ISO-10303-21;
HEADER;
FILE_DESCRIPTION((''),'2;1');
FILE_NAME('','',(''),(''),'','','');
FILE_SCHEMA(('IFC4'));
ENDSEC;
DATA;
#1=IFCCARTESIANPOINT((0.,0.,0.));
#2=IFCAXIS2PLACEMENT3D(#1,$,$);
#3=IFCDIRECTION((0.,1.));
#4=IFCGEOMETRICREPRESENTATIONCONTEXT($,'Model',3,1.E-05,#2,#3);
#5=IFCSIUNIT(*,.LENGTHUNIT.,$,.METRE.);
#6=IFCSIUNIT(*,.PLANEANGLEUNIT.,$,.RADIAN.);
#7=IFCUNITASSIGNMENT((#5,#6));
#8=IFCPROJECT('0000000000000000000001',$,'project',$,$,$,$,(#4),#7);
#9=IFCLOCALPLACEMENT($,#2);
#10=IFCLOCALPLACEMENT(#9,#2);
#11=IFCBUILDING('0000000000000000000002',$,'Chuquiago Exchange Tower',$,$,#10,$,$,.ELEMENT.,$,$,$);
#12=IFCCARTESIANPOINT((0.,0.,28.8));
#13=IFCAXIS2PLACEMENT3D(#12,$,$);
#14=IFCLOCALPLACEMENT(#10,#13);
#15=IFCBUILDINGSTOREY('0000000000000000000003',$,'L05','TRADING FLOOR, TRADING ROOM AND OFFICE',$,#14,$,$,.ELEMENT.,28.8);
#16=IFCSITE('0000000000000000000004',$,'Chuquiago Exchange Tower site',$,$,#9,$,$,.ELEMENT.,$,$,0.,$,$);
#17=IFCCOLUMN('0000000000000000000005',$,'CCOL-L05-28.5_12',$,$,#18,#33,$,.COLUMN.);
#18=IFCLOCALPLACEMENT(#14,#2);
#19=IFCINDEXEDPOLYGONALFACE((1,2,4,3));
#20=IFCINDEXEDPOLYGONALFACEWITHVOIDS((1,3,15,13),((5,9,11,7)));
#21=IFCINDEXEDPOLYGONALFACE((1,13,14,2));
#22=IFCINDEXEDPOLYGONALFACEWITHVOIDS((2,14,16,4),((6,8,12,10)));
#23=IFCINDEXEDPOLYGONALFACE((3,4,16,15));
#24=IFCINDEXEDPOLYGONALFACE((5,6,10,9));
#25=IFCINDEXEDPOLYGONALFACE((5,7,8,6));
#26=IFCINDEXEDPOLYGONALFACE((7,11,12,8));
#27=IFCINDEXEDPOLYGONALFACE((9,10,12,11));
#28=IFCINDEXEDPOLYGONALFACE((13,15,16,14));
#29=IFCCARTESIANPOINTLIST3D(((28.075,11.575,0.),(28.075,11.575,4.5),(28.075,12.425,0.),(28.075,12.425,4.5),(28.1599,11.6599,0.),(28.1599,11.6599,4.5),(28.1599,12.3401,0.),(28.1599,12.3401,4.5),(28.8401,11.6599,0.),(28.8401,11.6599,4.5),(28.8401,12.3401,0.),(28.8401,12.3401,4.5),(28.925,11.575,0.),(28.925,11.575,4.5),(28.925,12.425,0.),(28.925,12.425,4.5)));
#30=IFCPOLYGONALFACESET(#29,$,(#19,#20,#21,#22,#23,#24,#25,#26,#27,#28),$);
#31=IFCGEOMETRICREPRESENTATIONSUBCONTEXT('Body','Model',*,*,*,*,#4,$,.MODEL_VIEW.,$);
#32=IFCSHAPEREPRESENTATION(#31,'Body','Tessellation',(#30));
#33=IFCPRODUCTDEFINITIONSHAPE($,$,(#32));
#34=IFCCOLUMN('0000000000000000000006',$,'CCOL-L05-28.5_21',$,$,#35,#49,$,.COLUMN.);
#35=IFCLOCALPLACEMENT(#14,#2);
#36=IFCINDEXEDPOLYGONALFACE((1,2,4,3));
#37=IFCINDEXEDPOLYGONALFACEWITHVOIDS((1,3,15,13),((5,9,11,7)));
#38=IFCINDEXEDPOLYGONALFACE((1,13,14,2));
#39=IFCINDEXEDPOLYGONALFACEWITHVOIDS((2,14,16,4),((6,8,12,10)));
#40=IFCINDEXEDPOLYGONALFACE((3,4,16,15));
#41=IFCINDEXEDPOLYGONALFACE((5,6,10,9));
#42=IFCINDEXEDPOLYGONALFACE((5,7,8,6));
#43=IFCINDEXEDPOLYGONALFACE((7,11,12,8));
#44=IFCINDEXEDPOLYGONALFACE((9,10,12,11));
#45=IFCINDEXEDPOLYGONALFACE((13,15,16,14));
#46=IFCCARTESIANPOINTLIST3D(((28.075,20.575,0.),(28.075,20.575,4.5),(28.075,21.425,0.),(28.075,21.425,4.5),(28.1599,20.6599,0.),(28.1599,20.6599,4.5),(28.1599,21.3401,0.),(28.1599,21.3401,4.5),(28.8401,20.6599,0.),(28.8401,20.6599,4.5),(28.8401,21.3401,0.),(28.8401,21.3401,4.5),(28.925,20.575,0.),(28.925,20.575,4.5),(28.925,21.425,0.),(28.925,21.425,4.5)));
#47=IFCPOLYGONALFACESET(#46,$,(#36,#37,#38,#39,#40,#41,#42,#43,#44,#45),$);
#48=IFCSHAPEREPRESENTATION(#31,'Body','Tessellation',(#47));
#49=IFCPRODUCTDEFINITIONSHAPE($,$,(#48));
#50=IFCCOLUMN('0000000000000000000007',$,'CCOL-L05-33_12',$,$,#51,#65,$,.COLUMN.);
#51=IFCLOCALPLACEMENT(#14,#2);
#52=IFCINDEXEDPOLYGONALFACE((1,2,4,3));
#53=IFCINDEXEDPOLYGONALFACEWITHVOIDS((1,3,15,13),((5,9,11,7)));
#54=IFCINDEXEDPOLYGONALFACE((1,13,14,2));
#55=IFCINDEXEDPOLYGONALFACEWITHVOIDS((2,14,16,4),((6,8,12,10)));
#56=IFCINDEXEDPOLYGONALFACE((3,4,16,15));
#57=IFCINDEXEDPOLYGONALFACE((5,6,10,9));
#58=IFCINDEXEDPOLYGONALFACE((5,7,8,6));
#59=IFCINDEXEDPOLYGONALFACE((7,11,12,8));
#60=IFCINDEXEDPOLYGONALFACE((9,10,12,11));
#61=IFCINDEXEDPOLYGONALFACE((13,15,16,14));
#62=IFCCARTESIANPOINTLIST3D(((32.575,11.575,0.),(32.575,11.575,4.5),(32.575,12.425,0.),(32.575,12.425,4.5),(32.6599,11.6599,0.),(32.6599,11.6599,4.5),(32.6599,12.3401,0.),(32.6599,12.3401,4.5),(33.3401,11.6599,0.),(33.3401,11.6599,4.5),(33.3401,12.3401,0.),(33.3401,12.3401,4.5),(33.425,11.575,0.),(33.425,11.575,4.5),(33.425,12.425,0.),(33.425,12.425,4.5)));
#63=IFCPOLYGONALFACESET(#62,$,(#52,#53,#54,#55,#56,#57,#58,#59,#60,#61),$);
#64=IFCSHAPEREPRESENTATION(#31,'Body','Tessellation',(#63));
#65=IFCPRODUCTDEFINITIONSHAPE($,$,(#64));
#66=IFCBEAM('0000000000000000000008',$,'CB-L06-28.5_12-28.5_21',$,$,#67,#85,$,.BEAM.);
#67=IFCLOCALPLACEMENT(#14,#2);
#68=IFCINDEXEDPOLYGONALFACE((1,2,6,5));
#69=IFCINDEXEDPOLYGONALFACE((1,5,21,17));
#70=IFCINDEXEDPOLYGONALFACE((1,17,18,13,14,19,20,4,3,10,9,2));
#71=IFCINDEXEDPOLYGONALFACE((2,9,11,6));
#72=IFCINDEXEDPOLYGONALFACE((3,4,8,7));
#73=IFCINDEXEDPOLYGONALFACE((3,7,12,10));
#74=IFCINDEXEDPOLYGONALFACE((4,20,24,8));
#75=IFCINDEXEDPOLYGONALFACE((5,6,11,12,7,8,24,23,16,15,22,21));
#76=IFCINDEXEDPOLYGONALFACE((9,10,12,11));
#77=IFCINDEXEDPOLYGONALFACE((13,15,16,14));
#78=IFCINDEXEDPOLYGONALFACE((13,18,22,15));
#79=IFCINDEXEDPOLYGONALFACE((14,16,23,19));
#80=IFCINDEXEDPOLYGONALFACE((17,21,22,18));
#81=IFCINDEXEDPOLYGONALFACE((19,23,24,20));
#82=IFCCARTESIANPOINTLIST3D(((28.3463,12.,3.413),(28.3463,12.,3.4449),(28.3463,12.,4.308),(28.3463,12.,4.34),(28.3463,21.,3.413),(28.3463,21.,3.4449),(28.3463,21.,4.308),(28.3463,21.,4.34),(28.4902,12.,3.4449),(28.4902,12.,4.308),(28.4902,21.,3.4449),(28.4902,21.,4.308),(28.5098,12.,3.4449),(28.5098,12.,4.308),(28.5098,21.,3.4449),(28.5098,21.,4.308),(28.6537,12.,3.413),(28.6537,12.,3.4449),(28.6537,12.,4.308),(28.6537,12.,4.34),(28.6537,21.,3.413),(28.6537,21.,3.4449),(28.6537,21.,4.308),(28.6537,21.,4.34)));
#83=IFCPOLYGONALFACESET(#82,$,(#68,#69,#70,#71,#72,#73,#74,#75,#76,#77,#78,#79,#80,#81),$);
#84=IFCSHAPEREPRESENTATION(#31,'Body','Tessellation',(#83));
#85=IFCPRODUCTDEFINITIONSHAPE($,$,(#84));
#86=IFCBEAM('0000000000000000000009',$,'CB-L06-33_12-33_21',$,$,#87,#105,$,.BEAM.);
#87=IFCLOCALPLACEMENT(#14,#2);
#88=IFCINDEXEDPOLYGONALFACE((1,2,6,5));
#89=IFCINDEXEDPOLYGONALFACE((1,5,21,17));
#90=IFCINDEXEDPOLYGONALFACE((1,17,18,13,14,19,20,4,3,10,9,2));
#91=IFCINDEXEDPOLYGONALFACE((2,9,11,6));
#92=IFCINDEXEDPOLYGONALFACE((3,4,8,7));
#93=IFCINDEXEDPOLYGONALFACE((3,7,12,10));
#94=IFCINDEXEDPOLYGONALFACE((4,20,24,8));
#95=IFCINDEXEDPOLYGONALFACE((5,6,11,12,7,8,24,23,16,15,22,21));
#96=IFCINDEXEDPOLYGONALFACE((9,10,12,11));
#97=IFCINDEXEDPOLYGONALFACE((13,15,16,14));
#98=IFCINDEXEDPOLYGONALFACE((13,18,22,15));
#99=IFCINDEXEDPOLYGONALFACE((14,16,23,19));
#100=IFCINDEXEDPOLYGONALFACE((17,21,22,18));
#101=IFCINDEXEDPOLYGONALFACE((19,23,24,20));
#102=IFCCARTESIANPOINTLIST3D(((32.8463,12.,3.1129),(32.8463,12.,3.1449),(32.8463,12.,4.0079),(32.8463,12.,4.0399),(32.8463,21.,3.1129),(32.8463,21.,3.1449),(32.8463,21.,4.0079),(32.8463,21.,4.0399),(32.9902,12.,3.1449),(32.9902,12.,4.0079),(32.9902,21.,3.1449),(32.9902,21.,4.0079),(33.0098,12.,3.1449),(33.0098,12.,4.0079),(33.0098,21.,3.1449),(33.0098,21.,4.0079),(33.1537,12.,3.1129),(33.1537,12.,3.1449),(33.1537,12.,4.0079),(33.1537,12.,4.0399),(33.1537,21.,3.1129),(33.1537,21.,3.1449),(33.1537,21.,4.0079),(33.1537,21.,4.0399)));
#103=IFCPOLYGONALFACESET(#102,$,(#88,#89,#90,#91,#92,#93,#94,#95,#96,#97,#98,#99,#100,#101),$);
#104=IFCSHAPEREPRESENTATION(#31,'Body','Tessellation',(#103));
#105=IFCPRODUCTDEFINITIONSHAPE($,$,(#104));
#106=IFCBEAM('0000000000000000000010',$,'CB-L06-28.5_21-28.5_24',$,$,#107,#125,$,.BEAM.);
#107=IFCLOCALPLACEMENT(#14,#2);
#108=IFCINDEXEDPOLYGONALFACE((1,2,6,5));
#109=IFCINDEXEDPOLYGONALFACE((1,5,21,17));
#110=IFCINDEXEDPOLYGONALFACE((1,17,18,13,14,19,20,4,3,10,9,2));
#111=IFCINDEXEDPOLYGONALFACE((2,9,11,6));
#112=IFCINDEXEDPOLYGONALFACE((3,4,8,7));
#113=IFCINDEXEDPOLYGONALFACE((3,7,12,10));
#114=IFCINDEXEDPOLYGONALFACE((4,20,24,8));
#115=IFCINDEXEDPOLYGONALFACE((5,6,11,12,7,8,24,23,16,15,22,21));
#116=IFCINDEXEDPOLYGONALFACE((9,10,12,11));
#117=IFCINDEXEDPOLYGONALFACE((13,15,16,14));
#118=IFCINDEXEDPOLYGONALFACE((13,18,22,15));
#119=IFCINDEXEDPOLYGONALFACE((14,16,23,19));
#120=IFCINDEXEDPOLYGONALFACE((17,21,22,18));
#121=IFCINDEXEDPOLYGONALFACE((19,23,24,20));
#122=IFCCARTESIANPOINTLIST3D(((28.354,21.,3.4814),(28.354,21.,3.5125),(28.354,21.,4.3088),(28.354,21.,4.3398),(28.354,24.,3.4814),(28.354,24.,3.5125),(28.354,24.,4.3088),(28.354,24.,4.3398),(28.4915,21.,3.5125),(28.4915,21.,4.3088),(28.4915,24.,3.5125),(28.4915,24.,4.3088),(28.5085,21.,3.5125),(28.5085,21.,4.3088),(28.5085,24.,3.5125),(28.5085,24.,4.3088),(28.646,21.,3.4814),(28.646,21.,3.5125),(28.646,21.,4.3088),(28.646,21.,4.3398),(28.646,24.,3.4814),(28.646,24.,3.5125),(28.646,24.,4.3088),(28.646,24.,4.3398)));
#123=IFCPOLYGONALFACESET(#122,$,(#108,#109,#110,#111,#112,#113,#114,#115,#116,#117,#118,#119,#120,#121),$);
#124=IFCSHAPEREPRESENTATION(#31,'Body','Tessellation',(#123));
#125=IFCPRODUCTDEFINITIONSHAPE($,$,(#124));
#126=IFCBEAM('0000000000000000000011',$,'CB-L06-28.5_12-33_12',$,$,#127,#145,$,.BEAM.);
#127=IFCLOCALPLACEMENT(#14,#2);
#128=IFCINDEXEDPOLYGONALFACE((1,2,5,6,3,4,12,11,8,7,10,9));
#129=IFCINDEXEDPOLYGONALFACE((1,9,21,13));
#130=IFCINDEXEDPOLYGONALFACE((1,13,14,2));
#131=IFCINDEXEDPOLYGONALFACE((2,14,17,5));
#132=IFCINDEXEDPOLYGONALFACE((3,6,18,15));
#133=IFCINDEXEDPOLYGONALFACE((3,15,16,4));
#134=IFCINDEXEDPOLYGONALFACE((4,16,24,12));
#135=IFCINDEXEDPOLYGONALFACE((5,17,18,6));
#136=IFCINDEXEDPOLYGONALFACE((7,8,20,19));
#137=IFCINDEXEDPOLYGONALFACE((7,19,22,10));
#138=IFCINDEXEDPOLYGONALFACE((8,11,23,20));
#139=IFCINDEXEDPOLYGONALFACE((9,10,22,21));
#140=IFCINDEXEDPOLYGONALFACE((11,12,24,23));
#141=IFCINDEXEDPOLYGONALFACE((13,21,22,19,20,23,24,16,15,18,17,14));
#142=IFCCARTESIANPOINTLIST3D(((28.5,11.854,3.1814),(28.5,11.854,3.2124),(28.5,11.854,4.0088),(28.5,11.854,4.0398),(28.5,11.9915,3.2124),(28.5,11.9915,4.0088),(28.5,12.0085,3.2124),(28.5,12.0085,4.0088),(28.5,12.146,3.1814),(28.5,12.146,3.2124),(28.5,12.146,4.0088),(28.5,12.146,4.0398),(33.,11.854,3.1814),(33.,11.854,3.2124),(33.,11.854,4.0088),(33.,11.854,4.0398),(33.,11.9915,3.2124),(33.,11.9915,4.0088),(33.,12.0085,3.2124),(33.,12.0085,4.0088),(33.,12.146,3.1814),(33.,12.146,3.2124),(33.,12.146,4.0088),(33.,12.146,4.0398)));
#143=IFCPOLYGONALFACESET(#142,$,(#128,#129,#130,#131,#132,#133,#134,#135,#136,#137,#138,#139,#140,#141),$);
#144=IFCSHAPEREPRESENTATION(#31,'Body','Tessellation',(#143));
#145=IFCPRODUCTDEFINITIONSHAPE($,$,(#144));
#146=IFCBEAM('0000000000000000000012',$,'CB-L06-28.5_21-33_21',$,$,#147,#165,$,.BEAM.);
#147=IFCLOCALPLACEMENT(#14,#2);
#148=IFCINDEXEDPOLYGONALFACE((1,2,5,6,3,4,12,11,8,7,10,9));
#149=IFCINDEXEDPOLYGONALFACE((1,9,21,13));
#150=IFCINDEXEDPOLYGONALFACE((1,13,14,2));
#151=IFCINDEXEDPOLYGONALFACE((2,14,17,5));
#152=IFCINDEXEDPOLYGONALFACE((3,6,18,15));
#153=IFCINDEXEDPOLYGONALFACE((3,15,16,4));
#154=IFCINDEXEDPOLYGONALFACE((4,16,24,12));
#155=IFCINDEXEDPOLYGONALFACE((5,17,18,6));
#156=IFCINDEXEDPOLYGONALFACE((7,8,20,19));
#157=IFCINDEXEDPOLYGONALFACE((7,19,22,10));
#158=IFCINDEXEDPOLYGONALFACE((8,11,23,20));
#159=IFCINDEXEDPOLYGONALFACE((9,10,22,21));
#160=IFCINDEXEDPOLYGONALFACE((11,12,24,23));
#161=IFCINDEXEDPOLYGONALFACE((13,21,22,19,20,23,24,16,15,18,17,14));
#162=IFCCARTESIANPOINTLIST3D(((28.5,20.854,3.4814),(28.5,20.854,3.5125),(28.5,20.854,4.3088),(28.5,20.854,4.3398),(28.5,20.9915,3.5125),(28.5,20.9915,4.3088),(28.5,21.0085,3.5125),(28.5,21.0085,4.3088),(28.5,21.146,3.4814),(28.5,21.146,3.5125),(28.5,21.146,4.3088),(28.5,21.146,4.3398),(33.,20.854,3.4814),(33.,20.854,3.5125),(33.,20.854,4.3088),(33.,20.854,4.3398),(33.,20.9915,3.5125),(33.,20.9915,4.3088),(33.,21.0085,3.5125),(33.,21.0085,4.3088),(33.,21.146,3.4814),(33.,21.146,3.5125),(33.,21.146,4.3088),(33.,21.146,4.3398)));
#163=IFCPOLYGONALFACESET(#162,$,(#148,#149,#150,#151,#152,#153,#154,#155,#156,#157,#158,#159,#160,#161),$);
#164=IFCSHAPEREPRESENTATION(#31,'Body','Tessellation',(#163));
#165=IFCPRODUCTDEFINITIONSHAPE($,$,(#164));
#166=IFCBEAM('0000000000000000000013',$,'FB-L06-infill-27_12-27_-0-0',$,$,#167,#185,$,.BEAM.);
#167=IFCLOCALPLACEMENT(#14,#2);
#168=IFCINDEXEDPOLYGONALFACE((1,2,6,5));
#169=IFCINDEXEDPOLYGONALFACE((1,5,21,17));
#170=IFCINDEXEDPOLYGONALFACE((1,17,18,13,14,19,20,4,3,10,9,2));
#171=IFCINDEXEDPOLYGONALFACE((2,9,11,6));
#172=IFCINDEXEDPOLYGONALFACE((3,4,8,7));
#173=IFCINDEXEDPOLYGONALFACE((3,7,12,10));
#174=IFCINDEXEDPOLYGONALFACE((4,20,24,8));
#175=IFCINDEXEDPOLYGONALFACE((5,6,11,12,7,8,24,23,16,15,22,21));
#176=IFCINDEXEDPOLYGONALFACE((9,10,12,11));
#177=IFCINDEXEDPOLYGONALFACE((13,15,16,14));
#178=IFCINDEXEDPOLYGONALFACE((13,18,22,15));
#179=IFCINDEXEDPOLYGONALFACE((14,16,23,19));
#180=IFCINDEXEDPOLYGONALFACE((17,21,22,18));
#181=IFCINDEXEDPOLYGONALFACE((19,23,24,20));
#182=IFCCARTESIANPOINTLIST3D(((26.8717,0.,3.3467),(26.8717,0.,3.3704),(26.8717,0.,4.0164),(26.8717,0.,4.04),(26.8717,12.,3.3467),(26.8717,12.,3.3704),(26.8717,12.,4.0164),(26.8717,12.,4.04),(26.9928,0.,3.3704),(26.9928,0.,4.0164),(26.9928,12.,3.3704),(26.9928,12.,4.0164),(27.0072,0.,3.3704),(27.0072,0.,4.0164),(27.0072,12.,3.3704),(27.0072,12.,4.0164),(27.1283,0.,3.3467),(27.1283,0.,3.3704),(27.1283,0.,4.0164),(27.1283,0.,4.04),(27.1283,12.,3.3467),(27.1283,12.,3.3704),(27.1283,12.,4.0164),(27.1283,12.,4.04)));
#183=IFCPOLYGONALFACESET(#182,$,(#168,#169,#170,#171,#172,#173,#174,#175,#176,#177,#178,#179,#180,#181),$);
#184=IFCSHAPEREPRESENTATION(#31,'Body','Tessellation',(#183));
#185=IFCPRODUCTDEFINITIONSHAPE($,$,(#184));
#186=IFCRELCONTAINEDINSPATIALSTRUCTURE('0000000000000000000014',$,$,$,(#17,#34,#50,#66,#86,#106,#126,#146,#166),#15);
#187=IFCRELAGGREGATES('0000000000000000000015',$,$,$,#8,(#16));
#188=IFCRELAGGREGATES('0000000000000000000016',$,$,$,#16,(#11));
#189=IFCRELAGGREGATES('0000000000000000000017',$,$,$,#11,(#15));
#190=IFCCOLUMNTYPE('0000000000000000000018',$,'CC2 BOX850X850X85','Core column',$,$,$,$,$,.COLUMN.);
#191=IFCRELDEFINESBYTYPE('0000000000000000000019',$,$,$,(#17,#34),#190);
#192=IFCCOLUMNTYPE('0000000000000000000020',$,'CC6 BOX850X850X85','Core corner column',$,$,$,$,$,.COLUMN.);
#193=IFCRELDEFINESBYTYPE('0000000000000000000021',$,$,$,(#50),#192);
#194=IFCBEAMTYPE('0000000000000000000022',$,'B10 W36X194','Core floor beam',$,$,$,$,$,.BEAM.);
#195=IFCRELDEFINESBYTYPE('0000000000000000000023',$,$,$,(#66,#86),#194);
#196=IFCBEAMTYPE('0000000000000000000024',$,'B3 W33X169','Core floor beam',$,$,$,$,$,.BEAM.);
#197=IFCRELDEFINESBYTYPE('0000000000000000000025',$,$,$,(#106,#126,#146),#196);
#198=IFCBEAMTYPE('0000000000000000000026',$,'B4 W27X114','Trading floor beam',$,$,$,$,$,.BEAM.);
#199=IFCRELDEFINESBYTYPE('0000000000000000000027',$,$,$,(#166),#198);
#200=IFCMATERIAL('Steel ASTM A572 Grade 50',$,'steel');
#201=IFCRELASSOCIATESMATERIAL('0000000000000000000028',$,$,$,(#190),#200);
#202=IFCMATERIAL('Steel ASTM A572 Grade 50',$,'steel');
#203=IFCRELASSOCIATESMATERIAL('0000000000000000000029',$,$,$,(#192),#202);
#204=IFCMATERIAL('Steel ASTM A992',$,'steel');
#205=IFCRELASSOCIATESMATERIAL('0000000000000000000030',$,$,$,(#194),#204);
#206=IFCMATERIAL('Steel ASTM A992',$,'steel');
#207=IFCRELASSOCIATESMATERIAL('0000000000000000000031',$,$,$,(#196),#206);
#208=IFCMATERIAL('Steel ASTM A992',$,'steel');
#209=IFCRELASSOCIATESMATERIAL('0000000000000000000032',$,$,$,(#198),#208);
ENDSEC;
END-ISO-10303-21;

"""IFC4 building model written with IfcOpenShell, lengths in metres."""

from ifc_helpers import new_model, si_unit, direction, frame, origin, origin_2d, place, context, subcontext, project, spatial, hollow_rectangle, i_section, extrude, material, material_profile, profile_set, type_object, element, save


model = new_model("IFC4")

# Units and contexts
model_context = context("Model", 3, precision=1e-05, world=origin(), true_north=direction((0.0, 1.0)))
body_context = subcontext(model_context, "Body", "Model", "MODEL_VIEW")
ifc_project = project(units=[si_unit("LENGTHUNIT", "METRE"), si_unit("PLANEANGLEUNIT", "RADIAN")], contexts=[model_context])

# Site, building, storey
site_placement = place(None, origin())
site = spatial("IfcSite", under=ifc_project, at=site_placement, Name="Chuquiago Exchange Tower site", CompositionType="ELEMENT", RefElevation=0.0)
building_placement = place(site_placement, origin())
building = spatial("IfcBuilding", under=site, at=building_placement, Name="Chuquiago Exchange Tower", CompositionType="ELEMENT")
storey_placement = place(building_placement, frame((0.0, 0.0, 28.8)))
storey = spatial("IfcBuildingStorey", under=building, at=storey_placement, Name="L05", Description="TRADING FLOOR, TRADING ROOM AND OFFICE", CompositionType="ELEMENT", Elevation=28.8)

# Columns
ifc_material_1 = material(Name="Steel ASTM A572 Grade 50", Category="steel")
ifc_material_profile_1 = material_profile(ifc_material_1, hollow_rectangle(XDim=0.8501, YDim=0.8501, WallThickness=0.085, at=origin_2d()), Name="BOX850X850X85")
ifc_profile_set_1 = profile_set([ifc_material_profile_1], Name="Steel ASTM A572 Grade 50")
column_type_1 = type_object("IfcColumnType", Name="CC2 BOX850X850X85", Description="Core column", PredefinedType="COLUMN", material=ifc_profile_set_1)
for number, where, z_axis, x_axis, name in (
    (1, (28.5, 12.0, 0.0), (0.0, 0.0, 1.0), (1.0, 0.0, 0.0), "CCOL-L05-28.5_12"),
    (2, (28.5, 21.0, 0.0), (0.0, 0.0, 1.0), (1.0, 0.0, 0.0), "CCOL-L05-28.5_21"),
):
    element("IfcColumn", number, at=place(storey_placement, frame(where, z_axis=z_axis, x_axis=x_axis)), inside=storey, type_object=column_type_1, Name=name, PredefinedType="COLUMN", context=body_context, shape_type="SweptSolid", body=[
        extrude(hollow_rectangle(XDim=0.8501, YDim=0.8501, WallThickness=0.085, at=origin_2d()), origin(), (0.0, 0.0, 1.0), 4.5),
    ])
ifc_material_2 = material(Name="Steel ASTM A572 Grade 50", Category="steel")
ifc_material_profile_2 = material_profile(ifc_material_2, hollow_rectangle(XDim=0.8501, YDim=0.8501, WallThickness=0.085, at=origin_2d()), Name="BOX850X850X85")
ifc_profile_set_2 = profile_set([ifc_material_profile_2], Name="Steel ASTM A572 Grade 50")
column_type_2 = type_object("IfcColumnType", Name="CC6 BOX850X850X85", Description="Core corner column", PredefinedType="COLUMN", material=ifc_profile_set_2)
column_placement = place(storey_placement, frame((33.0, 12.0, 0.0), z_axis=(0.0, 0.0, 1.0), x_axis=(1.0, 0.0, 0.0)))
element("IfcColumn", 3, at=column_placement, inside=storey, type_object=column_type_2, Name="CCOL-L05-33_12", PredefinedType="COLUMN", context=body_context, shape_type="SweptSolid", body=[
    extrude(hollow_rectangle(XDim=0.8501, YDim=0.8501, WallThickness=0.085, at=origin_2d()), origin(), (0.0, 0.0, 1.0), 4.5),
])

# Beams
ifc_material_3 = material(Name="Steel ASTM A992", Category="steel")
ifc_material_profile_3 = material_profile(ifc_material_3, i_section(OverallWidth=0.3074, OverallDepth=0.927, WebThickness=0.0195, FlangeThickness=0.032, at=origin_2d()), Name="W36X194")
ifc_profile_set_3 = profile_set([ifc_material_profile_3], Name="Steel ASTM A992")
beam_type_1 = type_object("IfcBeamType", Name="B10 W36X194", Description="Core floor beam", PredefinedType="BEAM", material=ifc_profile_set_3)
for number, where, z_axis, x_axis, name in (
    (4, (28.5, 12.0, 3.8765), (0.0, 1.0, 0.0), (-1.0, 0.0, 0.0), "CB-L06-28.5_12-28.5_21"),
    (5, (33.0, 12.0, 3.5764), (0.0, 1.0, 0.0), (-1.0, 0.0, 0.0), "CB-L06-33_12-33_21"),
):
    element("IfcBeam", number, at=place(storey_placement, frame(where, z_axis=z_axis, x_axis=x_axis)), inside=storey, type_object=beam_type_1, Name=name, PredefinedType="BEAM", context=body_context, shape_type="SweptSolid", body=[
        extrude(i_section(OverallWidth=0.3074, OverallDepth=0.927, WebThickness=0.0195, FlangeThickness=0.032, at=origin_2d()), origin(), (0.0, 0.0, 1.0), 9.0),
    ])
ifc_material_4 = material(Name="Steel ASTM A992", Category="steel")
ifc_material_profile_4 = material_profile(ifc_material_4, i_section(OverallWidth=0.292, OverallDepth=0.8584, WebThickness=0.0171, FlangeThickness=0.031, at=origin_2d()), Name="W33X169")
ifc_profile_set_4 = profile_set([ifc_material_profile_4], Name="Steel ASTM A992")
beam_type_2 = type_object("IfcBeamType", Name="B3 W33X169", Description="Core floor beam", PredefinedType="BEAM", material=ifc_profile_set_4)
beam_placement = place(storey_placement, frame((28.5, 21.0, 3.9106), z_axis=(0.0, 1.0, 0.0), x_axis=(-1.0, 0.0, 0.0)))
element("IfcBeam", 6, at=beam_placement, inside=storey, type_object=beam_type_2, Name="CB-L06-28.5_21-28.5_24", PredefinedType="BEAM", context=body_context, shape_type="SweptSolid", body=[
    extrude(i_section(OverallWidth=0.292, OverallDepth=0.8584, WebThickness=0.0171, FlangeThickness=0.031, at=origin_2d()), origin(), (0.0, 0.0, 1.0), 3.0),
])
for number, where, z_axis, x_axis, name in (
    (7, (28.5, 12.0, 3.6106), (1.0, 0.0, 0.0), (0.0, 1.0, 0.0), "CB-L06-28.5_12-33_12"),
    (8, (28.5, 21.0, 3.9106), (1.0, 0.0, 0.0), (0.0, 1.0, 0.0), "CB-L06-28.5_21-33_21"),
):
    element("IfcBeam", number, at=place(storey_placement, frame(where, z_axis=z_axis, x_axis=x_axis)), inside=storey, type_object=beam_type_2, Name=name, PredefinedType="BEAM", context=body_context, shape_type="SweptSolid", body=[
        extrude(i_section(OverallWidth=0.292, OverallDepth=0.8584, WebThickness=0.0171, FlangeThickness=0.031, at=origin_2d()), origin(), (0.0, 0.0, 1.0), 4.5),
    ])
ifc_material_5 = material(Name="Steel ASTM A992", Category="steel")
ifc_material_profile_5 = material_profile(ifc_material_5, i_section(OverallWidth=0.2566, OverallDepth=0.6934, WebThickness=0.0144, FlangeThickness=0.0237, at=origin_2d()), Name="W27X114")
ifc_profile_set_5 = profile_set([ifc_material_profile_5], Name="Steel ASTM A992")
beam_type_3 = type_object("IfcBeamType", Name="B4 W27X114", Description="Trading floor beam", PredefinedType="BEAM", material=ifc_profile_set_5)
for number, where, z_axis, x_axis, name in (
    (9, (27.0, 12.0, 3.6934), (0.0, -1.0, 0.0), (1.0, 0.0, 0.0), "FB-L06-infill-27_12-27_-0-0"),
):
    element("IfcBeam", number, at=place(storey_placement, frame(where, z_axis=z_axis, x_axis=x_axis)), inside=storey, type_object=beam_type_3, Name=name, PredefinedType="BEAM", context=body_context, shape_type="SweptSolid", body=[
        extrude(i_section(OverallWidth=0.2566, OverallDepth=0.6934, WebThickness=0.0144, FlangeThickness=0.0237, at=origin_2d()), origin(), (0.0, 0.0, 1.0), 12.0),
    ])

save(model, "model.ifc")
